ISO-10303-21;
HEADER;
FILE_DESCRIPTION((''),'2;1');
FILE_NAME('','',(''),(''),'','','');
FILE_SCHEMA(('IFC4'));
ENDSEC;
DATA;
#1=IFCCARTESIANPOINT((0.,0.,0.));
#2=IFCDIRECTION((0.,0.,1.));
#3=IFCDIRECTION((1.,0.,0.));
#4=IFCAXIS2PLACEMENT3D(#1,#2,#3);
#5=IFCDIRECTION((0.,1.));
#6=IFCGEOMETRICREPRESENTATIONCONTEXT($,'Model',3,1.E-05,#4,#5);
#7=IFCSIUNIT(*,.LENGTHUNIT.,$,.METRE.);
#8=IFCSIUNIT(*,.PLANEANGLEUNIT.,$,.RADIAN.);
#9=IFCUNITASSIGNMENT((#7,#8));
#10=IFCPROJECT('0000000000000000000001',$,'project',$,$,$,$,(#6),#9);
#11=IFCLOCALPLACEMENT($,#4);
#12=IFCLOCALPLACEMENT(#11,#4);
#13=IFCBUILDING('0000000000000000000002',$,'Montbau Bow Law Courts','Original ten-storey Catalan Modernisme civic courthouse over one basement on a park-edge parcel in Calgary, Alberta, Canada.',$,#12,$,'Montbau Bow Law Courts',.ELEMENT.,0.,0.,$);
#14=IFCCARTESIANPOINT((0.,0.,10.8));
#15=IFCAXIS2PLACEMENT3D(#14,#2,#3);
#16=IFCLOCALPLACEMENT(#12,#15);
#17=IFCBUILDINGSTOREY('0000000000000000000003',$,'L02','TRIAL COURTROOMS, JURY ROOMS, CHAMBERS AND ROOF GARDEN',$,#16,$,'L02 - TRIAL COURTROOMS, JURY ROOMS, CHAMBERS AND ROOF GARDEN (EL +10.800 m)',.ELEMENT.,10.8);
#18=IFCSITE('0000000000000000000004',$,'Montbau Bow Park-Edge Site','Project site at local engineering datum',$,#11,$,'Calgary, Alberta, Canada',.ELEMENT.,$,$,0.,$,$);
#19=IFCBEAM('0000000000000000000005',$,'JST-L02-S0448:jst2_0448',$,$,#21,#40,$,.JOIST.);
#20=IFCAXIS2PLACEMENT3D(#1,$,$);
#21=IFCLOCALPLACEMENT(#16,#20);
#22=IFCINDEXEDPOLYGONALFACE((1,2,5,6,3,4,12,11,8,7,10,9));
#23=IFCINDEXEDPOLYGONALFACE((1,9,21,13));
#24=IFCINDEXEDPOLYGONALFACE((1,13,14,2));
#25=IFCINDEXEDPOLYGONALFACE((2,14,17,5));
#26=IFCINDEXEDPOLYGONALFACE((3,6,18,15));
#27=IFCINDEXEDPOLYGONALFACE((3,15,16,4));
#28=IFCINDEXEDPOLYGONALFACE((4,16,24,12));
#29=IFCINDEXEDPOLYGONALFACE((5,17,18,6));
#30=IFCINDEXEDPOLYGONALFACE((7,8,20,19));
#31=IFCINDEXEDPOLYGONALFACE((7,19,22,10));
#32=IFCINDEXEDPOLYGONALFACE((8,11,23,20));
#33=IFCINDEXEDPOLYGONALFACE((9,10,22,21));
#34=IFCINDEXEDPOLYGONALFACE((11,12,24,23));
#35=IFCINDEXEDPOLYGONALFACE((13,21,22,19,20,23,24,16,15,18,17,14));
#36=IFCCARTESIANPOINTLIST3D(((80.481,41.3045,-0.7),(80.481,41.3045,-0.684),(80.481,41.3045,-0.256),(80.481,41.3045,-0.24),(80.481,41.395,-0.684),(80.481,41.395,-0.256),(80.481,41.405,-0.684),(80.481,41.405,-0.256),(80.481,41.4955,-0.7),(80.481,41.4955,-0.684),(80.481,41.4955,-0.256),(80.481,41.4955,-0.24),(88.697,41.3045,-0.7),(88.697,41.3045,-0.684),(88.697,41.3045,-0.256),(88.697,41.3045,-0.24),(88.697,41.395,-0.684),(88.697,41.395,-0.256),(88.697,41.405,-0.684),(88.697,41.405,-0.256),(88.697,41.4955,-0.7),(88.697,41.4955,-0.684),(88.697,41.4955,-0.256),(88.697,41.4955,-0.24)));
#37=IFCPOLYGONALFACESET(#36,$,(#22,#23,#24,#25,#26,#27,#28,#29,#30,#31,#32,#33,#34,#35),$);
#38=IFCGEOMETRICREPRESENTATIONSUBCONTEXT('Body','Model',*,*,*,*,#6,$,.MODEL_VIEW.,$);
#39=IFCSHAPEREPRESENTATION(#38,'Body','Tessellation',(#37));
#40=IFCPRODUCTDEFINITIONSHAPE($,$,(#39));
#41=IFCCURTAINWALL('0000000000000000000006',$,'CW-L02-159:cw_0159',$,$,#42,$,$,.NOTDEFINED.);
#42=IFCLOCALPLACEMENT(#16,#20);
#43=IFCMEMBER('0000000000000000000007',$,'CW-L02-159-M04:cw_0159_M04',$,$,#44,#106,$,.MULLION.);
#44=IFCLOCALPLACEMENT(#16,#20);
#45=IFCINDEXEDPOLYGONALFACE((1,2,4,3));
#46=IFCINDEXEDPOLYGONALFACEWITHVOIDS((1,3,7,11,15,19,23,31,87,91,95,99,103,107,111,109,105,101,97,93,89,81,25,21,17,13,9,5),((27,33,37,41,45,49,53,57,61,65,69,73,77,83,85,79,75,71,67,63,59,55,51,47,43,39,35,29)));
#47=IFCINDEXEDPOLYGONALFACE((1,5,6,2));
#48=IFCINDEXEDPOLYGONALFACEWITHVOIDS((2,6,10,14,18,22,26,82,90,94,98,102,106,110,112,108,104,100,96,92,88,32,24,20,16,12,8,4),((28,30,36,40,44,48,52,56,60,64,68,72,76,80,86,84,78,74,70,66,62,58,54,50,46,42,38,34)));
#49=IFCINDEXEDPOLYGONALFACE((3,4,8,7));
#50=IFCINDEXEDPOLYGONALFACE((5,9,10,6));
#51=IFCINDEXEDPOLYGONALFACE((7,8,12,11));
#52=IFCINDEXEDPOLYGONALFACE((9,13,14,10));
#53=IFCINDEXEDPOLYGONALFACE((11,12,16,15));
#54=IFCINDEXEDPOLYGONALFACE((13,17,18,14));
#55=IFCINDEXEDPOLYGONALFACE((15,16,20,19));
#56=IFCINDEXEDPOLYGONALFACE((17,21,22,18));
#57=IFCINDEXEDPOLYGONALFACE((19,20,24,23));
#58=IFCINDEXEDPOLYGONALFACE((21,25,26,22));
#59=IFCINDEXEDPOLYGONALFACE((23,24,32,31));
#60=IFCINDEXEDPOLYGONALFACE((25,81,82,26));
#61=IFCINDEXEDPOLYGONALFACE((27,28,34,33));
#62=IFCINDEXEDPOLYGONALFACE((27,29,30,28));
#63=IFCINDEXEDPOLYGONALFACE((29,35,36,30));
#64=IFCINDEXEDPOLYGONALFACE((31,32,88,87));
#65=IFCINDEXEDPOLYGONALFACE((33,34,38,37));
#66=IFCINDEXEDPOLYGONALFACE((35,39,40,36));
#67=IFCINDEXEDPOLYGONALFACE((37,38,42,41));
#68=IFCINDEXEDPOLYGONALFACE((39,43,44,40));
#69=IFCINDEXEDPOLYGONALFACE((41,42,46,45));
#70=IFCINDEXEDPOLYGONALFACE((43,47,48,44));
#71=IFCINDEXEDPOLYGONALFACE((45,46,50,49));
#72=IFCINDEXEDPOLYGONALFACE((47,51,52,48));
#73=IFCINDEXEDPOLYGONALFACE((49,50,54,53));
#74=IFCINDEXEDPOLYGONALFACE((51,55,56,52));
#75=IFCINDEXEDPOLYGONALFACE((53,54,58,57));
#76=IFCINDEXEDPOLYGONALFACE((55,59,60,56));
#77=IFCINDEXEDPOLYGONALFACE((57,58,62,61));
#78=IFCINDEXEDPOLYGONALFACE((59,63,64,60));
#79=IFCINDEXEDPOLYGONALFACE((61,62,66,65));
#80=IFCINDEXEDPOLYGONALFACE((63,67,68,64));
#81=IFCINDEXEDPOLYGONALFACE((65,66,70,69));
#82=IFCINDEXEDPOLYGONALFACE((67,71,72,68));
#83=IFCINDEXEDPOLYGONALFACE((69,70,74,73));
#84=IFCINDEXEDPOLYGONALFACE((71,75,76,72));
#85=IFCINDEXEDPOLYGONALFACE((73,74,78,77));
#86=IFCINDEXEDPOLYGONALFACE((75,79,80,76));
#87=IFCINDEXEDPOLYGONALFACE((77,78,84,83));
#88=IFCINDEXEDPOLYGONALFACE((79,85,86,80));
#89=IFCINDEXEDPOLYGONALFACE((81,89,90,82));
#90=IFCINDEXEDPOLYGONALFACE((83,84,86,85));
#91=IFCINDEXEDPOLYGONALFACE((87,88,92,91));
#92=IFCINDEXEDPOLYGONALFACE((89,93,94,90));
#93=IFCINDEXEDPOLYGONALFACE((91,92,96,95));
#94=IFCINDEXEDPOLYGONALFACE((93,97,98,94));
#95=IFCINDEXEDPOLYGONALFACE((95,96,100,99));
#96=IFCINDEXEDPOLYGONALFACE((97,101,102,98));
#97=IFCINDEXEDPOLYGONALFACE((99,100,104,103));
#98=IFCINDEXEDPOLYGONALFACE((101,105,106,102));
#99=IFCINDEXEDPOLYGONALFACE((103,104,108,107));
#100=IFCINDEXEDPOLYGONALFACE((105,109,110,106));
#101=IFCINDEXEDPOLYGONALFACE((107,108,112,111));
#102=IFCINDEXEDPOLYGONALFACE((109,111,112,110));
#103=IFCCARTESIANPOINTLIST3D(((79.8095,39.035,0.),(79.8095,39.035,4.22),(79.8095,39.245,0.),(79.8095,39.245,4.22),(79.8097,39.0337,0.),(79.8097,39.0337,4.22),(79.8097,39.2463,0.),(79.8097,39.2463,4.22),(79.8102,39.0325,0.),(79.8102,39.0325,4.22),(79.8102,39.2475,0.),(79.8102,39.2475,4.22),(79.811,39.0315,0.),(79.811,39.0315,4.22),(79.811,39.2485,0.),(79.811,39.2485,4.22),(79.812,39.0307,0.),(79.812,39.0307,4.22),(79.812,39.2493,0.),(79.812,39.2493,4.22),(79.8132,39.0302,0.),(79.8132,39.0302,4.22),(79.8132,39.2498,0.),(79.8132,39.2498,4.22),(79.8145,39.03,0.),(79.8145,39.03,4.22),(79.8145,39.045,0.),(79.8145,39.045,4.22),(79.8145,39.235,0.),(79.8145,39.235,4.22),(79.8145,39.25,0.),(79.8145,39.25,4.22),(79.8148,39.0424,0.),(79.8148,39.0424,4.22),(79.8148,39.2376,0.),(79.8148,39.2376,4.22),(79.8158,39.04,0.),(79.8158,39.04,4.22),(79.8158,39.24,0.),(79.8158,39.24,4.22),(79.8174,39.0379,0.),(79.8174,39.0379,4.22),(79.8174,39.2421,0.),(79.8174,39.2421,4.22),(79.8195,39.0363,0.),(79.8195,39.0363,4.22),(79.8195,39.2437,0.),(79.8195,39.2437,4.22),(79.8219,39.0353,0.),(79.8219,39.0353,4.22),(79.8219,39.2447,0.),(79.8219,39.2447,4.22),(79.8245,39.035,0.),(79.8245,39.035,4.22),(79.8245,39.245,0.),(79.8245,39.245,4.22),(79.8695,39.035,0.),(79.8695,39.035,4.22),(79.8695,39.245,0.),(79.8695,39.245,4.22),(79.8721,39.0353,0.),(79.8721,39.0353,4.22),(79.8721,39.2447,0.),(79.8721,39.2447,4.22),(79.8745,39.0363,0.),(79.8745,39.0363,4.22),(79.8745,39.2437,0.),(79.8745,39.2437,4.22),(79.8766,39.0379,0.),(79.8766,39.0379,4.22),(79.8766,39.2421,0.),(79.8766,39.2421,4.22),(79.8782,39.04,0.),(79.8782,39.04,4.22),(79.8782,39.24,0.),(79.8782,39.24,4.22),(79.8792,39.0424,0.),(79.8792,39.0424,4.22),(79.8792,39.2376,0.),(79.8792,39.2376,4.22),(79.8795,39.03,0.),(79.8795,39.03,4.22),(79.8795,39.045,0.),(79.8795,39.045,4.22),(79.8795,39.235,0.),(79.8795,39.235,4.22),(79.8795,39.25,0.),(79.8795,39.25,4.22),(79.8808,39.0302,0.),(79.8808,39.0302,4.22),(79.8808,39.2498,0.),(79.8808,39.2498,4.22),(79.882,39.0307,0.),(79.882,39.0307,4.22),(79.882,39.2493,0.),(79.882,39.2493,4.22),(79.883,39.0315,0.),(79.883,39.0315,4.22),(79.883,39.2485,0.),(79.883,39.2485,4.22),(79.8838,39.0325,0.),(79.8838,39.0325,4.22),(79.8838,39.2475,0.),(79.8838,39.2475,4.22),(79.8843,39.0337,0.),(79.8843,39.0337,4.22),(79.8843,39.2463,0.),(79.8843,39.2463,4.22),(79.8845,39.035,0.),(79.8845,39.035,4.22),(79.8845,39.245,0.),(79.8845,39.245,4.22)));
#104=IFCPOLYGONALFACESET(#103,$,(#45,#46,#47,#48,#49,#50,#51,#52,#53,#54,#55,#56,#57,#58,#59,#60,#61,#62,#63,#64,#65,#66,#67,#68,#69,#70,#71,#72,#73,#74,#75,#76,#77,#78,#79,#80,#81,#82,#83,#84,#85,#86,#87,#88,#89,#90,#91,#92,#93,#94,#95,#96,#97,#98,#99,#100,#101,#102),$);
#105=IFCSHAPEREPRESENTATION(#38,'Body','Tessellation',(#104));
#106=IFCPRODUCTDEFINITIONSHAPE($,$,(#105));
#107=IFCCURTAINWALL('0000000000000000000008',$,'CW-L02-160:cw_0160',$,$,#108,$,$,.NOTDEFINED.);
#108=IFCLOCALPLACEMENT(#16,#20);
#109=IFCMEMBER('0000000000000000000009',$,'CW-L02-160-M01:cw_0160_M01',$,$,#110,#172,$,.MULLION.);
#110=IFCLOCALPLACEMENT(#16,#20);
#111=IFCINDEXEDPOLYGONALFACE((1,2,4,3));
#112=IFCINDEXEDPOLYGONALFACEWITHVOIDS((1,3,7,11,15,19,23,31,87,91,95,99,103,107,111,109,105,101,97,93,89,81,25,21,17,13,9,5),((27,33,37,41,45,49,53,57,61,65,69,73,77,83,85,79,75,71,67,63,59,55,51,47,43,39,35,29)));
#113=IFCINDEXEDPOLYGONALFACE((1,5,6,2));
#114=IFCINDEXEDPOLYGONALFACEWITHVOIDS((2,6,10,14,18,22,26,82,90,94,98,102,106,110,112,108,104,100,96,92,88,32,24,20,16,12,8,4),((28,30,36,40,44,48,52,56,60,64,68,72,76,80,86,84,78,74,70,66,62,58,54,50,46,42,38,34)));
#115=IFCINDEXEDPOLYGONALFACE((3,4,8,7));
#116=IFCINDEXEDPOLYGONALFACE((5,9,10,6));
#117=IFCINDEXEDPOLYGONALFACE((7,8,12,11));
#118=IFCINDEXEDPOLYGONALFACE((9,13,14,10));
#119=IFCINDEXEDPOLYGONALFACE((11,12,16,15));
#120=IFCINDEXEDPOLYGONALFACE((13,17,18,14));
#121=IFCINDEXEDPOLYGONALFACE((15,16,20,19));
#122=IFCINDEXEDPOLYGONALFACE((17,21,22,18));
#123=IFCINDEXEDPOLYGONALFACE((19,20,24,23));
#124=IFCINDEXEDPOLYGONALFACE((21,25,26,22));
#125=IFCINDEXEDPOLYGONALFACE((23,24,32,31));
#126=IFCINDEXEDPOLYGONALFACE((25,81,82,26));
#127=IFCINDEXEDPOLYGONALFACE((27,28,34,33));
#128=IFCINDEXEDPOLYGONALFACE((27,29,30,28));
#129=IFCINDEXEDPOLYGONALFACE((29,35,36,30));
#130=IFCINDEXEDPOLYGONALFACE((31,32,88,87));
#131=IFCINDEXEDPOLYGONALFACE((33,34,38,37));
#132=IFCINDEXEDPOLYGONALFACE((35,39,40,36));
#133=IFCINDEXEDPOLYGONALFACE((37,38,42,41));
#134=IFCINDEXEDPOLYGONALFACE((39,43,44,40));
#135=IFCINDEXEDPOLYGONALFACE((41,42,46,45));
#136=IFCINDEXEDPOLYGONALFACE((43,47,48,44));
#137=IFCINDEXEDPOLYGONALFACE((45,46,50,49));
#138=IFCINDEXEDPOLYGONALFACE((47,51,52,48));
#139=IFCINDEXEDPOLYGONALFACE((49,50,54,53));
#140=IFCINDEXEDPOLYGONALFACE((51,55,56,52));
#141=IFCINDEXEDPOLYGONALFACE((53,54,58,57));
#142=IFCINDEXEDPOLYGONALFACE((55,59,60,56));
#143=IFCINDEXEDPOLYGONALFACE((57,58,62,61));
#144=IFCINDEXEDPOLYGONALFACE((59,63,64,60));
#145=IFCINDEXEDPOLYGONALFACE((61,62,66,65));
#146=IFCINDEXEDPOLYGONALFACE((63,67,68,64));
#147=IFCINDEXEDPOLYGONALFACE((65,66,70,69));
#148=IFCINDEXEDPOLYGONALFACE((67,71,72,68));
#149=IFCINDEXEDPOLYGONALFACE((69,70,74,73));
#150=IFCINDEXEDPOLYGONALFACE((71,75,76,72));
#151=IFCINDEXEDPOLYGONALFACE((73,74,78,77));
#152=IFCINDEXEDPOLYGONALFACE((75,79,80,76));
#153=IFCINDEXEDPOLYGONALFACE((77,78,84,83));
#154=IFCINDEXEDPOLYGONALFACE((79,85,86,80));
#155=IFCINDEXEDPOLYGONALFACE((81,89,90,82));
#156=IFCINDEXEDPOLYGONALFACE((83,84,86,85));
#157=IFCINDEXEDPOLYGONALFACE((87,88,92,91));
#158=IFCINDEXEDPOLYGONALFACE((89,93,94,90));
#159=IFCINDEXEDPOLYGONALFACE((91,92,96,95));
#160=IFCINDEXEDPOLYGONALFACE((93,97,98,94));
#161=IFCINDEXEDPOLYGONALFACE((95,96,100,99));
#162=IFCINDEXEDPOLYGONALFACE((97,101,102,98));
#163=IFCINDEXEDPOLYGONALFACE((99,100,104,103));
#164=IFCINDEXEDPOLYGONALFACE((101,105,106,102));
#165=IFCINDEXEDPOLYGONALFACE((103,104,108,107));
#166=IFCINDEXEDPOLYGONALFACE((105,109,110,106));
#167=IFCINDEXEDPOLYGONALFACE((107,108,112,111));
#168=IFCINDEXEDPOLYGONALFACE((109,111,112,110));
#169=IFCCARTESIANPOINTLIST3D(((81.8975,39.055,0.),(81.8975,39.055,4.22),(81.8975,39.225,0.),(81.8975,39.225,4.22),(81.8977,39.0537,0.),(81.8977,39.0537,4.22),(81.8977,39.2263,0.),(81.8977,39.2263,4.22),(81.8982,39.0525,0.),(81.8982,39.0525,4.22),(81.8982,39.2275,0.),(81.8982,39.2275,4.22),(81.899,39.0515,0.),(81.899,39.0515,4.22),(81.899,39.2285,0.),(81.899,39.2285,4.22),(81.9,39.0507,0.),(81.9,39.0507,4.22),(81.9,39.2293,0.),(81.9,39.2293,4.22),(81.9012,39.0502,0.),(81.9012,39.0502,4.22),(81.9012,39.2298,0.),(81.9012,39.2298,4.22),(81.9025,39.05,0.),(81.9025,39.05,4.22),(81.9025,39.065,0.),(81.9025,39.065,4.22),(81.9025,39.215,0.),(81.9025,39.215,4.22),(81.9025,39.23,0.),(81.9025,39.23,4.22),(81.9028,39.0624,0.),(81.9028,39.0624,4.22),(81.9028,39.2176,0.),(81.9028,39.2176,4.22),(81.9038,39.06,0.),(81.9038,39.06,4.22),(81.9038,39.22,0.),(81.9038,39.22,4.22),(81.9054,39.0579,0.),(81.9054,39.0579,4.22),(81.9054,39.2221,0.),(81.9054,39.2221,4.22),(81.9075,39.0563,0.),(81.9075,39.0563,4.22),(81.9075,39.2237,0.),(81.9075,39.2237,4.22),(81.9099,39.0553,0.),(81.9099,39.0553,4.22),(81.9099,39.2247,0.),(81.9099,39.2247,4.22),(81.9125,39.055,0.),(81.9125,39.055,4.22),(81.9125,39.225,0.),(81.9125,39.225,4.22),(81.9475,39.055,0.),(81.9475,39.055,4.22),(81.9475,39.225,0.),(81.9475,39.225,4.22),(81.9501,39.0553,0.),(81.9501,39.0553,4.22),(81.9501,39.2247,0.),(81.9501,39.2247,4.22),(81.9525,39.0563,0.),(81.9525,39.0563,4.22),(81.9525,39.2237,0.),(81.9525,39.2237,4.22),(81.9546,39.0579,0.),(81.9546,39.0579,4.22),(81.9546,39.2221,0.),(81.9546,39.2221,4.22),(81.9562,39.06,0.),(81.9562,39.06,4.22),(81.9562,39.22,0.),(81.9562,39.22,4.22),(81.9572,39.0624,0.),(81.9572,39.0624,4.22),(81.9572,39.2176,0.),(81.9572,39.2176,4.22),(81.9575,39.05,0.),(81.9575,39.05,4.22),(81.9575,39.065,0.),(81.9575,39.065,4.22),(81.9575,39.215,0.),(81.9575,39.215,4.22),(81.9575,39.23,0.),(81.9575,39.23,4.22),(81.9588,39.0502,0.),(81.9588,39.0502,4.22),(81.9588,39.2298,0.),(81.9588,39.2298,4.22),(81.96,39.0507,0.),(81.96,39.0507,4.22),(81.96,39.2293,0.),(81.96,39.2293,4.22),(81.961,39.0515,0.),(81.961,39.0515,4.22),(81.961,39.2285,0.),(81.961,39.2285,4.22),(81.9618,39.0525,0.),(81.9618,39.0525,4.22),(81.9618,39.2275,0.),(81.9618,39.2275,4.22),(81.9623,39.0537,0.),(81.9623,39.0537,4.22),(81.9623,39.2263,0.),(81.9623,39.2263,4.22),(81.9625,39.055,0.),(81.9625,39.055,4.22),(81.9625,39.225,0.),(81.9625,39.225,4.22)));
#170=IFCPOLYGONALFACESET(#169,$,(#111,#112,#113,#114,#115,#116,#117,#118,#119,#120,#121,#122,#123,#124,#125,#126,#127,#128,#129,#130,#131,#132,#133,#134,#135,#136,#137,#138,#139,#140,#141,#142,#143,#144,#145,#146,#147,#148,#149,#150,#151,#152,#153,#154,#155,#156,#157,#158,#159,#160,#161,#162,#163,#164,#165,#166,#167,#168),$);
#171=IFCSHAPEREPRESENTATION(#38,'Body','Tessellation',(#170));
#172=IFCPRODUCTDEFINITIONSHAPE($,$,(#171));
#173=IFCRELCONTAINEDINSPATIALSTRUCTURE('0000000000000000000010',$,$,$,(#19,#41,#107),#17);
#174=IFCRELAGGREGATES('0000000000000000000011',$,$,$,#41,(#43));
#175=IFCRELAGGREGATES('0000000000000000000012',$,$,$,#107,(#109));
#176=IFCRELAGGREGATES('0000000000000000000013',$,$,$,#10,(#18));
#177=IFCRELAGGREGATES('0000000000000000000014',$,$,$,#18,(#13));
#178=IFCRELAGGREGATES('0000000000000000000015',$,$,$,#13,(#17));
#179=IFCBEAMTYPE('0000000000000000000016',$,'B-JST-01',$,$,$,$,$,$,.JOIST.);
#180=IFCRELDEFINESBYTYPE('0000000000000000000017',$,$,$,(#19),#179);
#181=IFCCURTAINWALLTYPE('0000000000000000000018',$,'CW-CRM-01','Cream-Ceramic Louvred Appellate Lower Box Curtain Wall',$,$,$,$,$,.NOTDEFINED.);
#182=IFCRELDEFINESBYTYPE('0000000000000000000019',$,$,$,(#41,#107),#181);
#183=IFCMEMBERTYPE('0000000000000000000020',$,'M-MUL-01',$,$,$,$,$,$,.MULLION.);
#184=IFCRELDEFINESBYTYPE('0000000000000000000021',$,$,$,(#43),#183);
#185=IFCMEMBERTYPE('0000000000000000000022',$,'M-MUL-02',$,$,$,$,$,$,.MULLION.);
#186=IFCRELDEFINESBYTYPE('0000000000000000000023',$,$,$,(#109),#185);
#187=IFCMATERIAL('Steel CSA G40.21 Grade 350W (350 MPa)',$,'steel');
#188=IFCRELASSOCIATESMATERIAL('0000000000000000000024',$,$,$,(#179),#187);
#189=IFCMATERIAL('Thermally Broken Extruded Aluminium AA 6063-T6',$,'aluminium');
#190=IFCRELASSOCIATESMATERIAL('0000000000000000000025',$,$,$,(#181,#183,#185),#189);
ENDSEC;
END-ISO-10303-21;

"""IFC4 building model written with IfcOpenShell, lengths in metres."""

from ifc_helpers import new_model, si_unit, direction, frame, origin_with_axes, origin_2d_with_axis, place, context, subcontext, project, spatial, hollow_rectangle, i_section, extrude, material, material_profile, profile_set, type_object, element, aggregate, save


model = new_model("IFC4")

# Units and contexts
model_context = context("Model", 3, precision=1e-05, world=origin_with_axes(), true_north=direction((0.0, 1.0)))
body_context = subcontext(model_context, "Body", "Model", "MODEL_VIEW")
ifc_project = project(units=[si_unit("LENGTHUNIT", "METRE"), si_unit("PLANEANGLEUNIT", "RADIAN")], contexts=[model_context])

# Site, building, storey
site_placement = place(None, origin_with_axes())
site = spatial("IfcSite", under=ifc_project, at=site_placement, Name="Montbau Bow Park-Edge Site", Description="Project site at local engineering datum", LongName="Calgary, Alberta, Canada", CompositionType="ELEMENT", RefElevation=0.0)
building_placement = place(site_placement, origin_with_axes())
building = spatial("IfcBuilding", under=site, at=building_placement, Name="Montbau Bow Law Courts", Description="Original ten-storey Catalan Modernisme civic courthouse over one basement on a park-edge parcel in Calgary, Alberta, Canada.", LongName="Montbau Bow Law Courts", CompositionType="ELEMENT", ElevationOfRefHeight=0.0, ElevationOfTerrain=0.0)
storey_placement = place(building_placement, frame((0.0, 0.0, 10.8), z_axis=(0.0, 0.0, 1.0), x_axis=(1.0, 0.0, 0.0)))
storey = spatial("IfcBuildingStorey", under=building, at=storey_placement, Name="L02", Description="TRIAL COURTROOMS, JURY ROOMS, CHAMBERS AND ROOF GARDEN", LongName="L02 - TRIAL COURTROOMS, JURY ROOMS, CHAMBERS AND ROOF GARDEN (EL +10.800 m)", CompositionType="ELEMENT", Elevation=10.8)

# Beam
ifc_material_1 = material(Name="Steel CSA G40.21 Grade 350W (350 MPa)", Category="steel")
ifc_material_profile_1 = material_profile(ifc_material_1, i_section(OverallWidth=0.191, OverallDepth=0.46, WebThickness=0.0099, FlangeThickness=0.016, at=origin_2d_with_axis()), Name="W460X82", Category="Main", Priority=0)
ifc_profile_set_1 = profile_set([ifc_material_profile_1], Name="Steel CSA G40.21 Grade 350W (350 MPa)")
beam_type = type_object("IfcBeamType", Name="B-JST-01", PredefinedType="JOIST", material=ifc_profile_set_1)
beam_placement = place(None, frame((80.481, 41.4, 10.33), z_axis=(1.0, 0.0, 0.0), x_axis=(0.0, 1.0, 0.0)))
element("IfcBeam", 1, at=beam_placement, inside=storey, type_object=beam_type, Name="JST-L02-S0448:jst2_0448", PredefinedType="JOIST", context=body_context, shape_type="SweptSolid", body=[
    extrude(i_section(OverallWidth=0.191, OverallDepth=0.46, WebThickness=0.0099, FlangeThickness=0.016, at=origin_2d_with_axis()), origin_with_axes(), (0.0, 0.0, 1.0), 8.216),
])

# Curtain wall, member
ifc_material_2 = material(Name="Thermally Broken Extruded Aluminium AA 6063-T6", Category="aluminium")
curtain_wall_type = type_object("IfcCurtainWallType", Name="CW-CRM-01", Description="Cream-Ceramic Louvred Appellate Lower Box Curtain Wall", PredefinedType="NOTDEFINED", material=ifc_material_2)
curtain_wall_1_placement = place(None, frame((75.897, 39.14, 10.8), z_axis=(0.0, 0.0, 1.0), x_axis=(1.0, 0.0, 0.0)))
curtain_wall_1 = element("IfcCurtainWall", 2, at=curtain_wall_1_placement, inside=storey, type_object=curtain_wall_type, Name="CW-L02-159:cw_0159", PredefinedType="NOTDEFINED")
ifc_material_profile_2 = material_profile(ifc_material_2, hollow_rectangle(XDim=0.075, YDim=0.22, WallThickness=0.005, InnerFilletRadius=0.01, OuterFilletRadius=0.005, at=origin_2d_with_axis()), Name="CWM-220X75", Category="Main", Priority=0)
ifc_profile_set_2 = profile_set([ifc_material_profile_2], Name="Thermally Broken Extruded Aluminium AA 6063-T6")
member_type_1 = type_object("IfcMemberType", Name="M-MUL-01", PredefinedType="MULLION", material=ifc_profile_set_2)
member_1_placement = place(None, frame((79.847, 39.14, 10.8), z_axis=(0.0, 0.0, 1.0), x_axis=(1.0, 0.0, 0.0)))
member_1 = element("IfcMember", 3, at=member_1_placement, type_object=member_type_1, Name="CW-L02-159-M04:cw_0159_M04", PredefinedType="MULLION", context=body_context, shape_type="SweptSolid", body=[
    extrude(hollow_rectangle(XDim=0.075, YDim=0.22, WallThickness=0.005, InnerFilletRadius=0.01, OuterFilletRadius=0.005, at=origin_2d_with_axis()), origin_with_axes(), (0.0, 0.0, 1.0), 4.22),
])

# Curtain wall, member
curtain_wall_2_placement = place(None, frame((81.897, 39.14, 10.8), z_axis=(0.0, 0.0, 1.0), x_axis=(1.0, 0.0, 0.0)))
curtain_wall_2 = element("IfcCurtainWall", 4, at=curtain_wall_2_placement, inside=storey, type_object=curtain_wall_type, Name="CW-L02-160:cw_0160", PredefinedType="NOTDEFINED")
ifc_material_profile_3 = material_profile(ifc_material_2, hollow_rectangle(XDim=0.065, YDim=0.18, WallThickness=0.005, InnerFilletRadius=0.01, OuterFilletRadius=0.005, at=origin_2d_with_axis()), Name="CWM-180X65", Category="Main", Priority=0)
ifc_profile_set_3 = profile_set([ifc_material_profile_3], Name="Thermally Broken Extruded Aluminium AA 6063-T6")
member_type_2 = type_object("IfcMemberType", Name="M-MUL-02", PredefinedType="MULLION", material=ifc_profile_set_3)
member_2_placement = place(None, frame((81.93, 39.14, 10.8), z_axis=(0.0, 0.0, 1.0), x_axis=(1.0, 0.0, 0.0)))
member_2 = element("IfcMember", 5, at=member_2_placement, type_object=member_type_2, Name="CW-L02-160-M01:cw_0160_M01", PredefinedType="MULLION", context=body_context, shape_type="SweptSolid", body=[
    extrude(hollow_rectangle(XDim=0.065, YDim=0.18, WallThickness=0.005, InnerFilletRadius=0.01, OuterFilletRadius=0.005, at=origin_2d_with_axis()), origin_with_axes(), (0.0, 0.0, 1.0), 4.22),
])

aggregate(curtain_wall_1, [member_1])

aggregate(curtain_wall_2, [member_2])

save(model, "model.ifc")
